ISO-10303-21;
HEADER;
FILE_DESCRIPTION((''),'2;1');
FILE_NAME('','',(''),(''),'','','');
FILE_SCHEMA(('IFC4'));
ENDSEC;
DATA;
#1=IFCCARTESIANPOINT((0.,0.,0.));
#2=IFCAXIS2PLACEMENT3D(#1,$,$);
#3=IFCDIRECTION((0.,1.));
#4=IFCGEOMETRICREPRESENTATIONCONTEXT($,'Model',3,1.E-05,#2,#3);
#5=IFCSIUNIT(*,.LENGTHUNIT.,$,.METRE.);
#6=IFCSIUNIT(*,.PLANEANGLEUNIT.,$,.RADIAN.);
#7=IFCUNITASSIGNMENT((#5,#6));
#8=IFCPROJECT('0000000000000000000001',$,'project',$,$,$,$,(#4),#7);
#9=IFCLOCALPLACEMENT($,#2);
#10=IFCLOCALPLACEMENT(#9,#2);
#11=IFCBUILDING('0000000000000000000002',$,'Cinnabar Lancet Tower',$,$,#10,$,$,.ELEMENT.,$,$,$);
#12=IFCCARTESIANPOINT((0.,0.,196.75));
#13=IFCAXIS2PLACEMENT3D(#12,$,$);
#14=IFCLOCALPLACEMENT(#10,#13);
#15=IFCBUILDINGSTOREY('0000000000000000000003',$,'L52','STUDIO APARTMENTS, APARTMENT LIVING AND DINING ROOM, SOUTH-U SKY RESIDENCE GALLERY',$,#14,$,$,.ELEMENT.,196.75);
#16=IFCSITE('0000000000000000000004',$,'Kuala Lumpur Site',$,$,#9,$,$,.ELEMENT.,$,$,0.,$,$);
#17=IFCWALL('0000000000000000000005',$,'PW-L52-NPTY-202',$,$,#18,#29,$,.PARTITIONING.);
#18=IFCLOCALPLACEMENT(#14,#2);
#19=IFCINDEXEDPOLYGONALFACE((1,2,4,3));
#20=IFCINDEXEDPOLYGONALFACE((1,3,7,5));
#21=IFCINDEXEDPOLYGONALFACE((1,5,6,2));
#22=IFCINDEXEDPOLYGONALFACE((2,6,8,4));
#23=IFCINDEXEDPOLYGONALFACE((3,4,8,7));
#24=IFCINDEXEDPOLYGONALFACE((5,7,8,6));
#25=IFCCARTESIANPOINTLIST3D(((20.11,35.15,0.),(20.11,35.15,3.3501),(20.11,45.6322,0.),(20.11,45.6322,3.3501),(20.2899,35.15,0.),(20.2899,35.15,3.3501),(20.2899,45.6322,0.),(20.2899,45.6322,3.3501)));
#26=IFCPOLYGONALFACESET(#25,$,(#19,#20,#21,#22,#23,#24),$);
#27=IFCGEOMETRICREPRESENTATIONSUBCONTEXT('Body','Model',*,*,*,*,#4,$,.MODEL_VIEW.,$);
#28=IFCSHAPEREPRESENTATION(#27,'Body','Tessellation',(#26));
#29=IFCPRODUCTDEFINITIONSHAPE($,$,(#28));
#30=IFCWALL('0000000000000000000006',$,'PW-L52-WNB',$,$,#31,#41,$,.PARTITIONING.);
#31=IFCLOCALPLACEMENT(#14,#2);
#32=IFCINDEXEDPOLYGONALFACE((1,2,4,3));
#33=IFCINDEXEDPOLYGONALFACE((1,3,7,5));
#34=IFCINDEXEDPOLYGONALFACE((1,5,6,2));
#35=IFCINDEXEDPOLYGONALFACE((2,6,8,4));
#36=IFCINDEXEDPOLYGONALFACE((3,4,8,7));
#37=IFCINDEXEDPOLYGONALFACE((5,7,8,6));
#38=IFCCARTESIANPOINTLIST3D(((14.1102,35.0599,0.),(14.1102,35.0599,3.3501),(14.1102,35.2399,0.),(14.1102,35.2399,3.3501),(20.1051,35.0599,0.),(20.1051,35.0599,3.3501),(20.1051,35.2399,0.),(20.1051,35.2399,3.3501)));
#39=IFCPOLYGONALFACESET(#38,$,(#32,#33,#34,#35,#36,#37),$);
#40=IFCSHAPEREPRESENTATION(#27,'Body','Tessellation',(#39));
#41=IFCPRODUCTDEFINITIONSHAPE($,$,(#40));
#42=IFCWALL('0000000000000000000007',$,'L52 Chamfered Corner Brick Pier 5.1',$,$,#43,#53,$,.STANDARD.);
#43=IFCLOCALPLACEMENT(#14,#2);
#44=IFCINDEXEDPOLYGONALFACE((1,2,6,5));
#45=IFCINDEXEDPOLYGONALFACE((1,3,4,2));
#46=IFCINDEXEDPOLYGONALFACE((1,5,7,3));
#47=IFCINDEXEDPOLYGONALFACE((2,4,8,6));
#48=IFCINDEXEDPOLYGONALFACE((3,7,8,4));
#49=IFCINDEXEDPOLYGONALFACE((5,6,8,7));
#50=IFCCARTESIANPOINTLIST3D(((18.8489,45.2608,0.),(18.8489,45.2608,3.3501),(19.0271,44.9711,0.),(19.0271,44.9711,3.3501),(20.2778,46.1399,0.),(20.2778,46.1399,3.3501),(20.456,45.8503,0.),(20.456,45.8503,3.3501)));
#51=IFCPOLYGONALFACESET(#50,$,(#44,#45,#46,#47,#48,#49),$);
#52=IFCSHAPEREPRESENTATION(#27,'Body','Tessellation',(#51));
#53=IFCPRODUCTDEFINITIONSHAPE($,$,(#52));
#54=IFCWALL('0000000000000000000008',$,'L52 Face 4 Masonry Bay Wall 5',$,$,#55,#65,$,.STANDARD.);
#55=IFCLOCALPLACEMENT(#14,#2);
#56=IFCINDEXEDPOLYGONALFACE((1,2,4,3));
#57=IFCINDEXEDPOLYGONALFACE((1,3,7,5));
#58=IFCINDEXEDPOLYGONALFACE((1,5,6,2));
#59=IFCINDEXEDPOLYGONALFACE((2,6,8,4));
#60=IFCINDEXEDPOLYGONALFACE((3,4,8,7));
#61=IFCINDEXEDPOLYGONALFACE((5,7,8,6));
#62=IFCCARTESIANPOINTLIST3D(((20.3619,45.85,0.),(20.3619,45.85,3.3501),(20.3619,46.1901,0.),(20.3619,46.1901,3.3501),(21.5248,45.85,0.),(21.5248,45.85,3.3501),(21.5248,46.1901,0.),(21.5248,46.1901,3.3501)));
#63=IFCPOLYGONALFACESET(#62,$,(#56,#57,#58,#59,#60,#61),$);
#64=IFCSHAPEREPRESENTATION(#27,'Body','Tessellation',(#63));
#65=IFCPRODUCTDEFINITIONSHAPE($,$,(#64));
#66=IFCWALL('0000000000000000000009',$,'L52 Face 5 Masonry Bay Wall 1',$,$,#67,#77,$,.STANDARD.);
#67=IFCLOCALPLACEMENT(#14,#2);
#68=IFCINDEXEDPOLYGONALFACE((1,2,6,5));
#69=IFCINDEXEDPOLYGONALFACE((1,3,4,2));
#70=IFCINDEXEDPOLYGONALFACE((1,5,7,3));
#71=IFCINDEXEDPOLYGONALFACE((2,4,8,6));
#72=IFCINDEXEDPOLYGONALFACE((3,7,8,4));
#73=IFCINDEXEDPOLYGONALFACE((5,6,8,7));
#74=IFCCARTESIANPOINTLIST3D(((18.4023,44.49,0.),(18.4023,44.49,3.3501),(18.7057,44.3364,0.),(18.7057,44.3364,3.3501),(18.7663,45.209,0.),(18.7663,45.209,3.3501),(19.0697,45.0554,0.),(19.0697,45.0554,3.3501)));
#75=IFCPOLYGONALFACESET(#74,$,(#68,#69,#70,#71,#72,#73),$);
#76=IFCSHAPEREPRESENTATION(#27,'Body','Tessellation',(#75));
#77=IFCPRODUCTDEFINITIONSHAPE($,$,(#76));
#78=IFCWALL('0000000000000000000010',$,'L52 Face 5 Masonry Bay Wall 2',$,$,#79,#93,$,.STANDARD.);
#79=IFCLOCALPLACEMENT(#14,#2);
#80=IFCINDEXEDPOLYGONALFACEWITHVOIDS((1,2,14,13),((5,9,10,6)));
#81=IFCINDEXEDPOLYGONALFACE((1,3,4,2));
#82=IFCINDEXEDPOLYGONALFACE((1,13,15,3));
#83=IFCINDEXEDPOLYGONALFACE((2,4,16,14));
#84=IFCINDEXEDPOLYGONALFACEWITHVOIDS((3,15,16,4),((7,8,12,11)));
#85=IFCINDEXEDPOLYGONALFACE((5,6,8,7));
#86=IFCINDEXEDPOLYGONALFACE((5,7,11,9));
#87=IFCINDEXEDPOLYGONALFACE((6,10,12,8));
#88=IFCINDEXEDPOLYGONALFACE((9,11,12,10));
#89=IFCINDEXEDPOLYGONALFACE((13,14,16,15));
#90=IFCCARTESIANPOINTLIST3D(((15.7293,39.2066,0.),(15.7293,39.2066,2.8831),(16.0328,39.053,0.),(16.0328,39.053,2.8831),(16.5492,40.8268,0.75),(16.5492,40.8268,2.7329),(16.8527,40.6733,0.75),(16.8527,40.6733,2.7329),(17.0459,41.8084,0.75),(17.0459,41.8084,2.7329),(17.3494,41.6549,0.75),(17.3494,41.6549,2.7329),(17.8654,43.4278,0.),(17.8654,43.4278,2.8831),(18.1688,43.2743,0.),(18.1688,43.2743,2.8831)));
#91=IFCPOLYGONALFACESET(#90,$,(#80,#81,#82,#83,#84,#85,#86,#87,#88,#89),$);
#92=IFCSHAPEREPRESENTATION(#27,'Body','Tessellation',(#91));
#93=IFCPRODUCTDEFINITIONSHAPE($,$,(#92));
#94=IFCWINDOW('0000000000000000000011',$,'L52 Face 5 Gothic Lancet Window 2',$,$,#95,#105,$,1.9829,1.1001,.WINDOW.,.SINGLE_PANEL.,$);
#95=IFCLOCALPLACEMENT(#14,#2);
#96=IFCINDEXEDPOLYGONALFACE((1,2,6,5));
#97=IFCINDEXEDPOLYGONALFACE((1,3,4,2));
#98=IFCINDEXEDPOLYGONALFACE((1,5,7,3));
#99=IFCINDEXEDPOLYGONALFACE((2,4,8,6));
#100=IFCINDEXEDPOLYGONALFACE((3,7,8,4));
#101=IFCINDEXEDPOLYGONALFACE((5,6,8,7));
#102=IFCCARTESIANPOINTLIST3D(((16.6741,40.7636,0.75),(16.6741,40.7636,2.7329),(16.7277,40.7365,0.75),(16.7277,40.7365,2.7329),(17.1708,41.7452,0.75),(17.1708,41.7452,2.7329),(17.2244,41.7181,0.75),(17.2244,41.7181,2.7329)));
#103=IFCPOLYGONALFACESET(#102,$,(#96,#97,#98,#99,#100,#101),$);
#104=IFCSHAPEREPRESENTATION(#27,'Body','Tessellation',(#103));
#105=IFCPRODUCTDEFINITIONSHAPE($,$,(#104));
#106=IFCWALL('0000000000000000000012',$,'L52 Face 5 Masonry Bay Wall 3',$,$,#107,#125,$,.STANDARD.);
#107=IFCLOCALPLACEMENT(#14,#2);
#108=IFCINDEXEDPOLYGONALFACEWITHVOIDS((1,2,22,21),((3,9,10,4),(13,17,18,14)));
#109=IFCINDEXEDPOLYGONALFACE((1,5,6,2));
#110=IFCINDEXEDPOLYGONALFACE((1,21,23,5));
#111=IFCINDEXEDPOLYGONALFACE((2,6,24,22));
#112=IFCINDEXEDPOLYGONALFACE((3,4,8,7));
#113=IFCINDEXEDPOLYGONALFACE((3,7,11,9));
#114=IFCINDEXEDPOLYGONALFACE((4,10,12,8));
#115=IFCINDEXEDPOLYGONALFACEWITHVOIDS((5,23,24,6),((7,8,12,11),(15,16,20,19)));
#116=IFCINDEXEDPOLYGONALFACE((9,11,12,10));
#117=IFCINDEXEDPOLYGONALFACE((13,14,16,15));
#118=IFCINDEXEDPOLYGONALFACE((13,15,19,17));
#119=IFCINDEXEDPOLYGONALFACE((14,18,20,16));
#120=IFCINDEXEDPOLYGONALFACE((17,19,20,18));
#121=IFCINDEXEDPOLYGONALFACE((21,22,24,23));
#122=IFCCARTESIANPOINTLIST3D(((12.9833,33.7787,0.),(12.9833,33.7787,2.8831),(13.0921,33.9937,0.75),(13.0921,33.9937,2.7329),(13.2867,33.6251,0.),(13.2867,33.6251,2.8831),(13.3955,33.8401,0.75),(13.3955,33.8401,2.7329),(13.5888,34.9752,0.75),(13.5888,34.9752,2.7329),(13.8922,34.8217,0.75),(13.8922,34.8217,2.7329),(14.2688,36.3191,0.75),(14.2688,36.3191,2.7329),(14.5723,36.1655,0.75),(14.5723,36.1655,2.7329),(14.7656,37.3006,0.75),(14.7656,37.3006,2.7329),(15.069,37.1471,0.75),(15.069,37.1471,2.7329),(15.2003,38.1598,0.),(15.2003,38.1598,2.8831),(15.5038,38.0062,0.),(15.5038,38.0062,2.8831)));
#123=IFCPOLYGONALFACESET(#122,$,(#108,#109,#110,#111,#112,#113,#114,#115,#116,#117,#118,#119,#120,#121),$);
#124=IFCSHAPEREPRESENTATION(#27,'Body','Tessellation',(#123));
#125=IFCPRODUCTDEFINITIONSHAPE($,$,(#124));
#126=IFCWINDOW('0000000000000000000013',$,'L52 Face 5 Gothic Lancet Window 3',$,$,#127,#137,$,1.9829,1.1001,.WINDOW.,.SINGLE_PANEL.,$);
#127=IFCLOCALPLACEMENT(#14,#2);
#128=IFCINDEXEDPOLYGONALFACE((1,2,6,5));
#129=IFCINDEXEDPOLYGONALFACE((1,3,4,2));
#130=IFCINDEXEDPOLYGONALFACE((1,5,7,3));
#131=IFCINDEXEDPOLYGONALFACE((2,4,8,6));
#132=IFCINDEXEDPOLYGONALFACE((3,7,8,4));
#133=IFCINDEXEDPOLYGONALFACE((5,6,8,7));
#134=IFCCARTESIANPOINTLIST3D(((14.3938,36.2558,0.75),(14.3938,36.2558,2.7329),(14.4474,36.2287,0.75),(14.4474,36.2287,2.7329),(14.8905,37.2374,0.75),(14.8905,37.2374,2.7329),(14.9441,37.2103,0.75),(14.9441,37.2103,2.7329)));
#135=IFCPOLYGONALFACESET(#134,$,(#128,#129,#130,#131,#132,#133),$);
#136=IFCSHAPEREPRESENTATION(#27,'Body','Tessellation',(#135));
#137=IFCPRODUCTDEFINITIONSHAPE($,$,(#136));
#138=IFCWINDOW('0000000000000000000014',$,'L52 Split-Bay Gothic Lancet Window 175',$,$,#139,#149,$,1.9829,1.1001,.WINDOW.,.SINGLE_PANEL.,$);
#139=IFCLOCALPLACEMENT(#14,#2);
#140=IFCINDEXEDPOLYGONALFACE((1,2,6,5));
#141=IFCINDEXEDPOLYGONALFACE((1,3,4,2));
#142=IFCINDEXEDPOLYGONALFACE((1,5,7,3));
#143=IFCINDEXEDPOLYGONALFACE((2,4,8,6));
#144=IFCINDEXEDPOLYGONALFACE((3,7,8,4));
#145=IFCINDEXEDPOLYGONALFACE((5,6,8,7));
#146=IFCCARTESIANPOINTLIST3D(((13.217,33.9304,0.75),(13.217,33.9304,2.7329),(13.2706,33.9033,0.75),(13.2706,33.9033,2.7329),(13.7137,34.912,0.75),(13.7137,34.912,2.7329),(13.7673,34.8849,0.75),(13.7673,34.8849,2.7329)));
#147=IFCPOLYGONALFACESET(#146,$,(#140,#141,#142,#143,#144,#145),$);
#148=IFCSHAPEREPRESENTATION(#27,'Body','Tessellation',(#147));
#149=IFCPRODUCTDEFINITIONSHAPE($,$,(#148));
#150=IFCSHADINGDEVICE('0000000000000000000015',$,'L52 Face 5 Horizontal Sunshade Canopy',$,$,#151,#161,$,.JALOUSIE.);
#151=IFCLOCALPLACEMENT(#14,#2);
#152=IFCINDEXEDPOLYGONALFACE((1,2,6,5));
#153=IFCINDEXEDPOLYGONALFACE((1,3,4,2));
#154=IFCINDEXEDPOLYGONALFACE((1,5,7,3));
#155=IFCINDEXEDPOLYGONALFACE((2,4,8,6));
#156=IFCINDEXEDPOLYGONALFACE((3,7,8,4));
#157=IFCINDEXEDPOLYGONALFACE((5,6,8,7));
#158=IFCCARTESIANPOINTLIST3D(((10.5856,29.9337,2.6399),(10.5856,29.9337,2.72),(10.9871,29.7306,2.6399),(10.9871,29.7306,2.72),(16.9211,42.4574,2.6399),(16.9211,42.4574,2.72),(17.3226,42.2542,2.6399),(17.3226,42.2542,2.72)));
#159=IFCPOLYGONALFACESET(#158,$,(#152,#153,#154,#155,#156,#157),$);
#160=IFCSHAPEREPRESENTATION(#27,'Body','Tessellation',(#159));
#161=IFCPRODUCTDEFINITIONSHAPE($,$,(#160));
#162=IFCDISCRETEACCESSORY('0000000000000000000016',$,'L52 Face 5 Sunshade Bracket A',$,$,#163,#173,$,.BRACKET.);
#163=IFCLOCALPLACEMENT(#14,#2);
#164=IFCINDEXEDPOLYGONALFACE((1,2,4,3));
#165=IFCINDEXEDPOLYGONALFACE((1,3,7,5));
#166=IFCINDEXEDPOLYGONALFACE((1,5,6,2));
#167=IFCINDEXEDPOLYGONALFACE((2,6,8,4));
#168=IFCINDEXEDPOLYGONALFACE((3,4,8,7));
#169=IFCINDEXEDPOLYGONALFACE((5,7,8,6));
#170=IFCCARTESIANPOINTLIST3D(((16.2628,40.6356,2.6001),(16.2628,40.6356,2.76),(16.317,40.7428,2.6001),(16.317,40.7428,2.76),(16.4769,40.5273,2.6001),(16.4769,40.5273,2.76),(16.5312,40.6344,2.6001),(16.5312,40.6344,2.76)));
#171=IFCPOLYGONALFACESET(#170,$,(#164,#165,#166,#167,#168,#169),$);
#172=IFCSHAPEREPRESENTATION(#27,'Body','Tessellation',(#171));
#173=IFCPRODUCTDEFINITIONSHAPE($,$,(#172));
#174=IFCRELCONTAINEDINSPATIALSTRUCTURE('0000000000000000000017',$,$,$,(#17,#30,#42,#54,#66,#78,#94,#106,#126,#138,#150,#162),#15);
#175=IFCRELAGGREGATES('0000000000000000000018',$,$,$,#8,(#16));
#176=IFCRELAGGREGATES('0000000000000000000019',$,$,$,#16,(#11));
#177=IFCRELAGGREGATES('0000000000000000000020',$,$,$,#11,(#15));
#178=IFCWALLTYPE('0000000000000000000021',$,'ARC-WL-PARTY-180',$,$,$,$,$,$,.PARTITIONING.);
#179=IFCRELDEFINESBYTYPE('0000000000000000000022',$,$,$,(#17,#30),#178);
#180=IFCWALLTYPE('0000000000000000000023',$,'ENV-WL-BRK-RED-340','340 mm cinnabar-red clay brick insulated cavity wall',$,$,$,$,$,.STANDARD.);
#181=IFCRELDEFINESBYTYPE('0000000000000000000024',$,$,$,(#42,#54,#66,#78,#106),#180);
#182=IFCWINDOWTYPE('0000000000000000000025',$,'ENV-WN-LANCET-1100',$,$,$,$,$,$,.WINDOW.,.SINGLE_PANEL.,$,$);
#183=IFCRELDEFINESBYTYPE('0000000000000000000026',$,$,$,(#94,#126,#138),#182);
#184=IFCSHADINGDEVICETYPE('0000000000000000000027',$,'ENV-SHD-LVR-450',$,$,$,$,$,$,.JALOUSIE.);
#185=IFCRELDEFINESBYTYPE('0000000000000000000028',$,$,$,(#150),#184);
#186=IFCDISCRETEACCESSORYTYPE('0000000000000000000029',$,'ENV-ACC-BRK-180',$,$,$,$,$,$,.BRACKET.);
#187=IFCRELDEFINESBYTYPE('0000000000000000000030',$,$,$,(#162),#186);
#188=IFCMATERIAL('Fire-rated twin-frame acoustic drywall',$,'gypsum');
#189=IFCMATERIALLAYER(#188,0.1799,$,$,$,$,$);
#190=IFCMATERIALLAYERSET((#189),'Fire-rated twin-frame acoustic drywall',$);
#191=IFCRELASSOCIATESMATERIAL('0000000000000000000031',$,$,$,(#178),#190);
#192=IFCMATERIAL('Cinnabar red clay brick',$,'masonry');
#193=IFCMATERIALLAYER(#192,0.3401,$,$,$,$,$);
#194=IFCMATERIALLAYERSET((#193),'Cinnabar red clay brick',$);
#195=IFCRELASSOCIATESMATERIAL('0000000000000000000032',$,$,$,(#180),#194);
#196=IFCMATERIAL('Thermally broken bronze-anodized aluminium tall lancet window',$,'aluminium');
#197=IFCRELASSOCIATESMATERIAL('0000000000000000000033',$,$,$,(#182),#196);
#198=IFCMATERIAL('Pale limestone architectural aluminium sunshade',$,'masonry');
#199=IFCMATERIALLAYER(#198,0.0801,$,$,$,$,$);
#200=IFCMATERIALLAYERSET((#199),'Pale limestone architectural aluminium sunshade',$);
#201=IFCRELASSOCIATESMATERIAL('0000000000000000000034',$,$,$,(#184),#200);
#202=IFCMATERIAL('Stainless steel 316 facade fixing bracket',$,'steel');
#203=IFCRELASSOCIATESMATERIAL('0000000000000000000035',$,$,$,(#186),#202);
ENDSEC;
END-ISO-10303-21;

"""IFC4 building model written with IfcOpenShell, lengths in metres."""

from ifc_helpers import new_model, si_unit, direction, frame, frame_2d, origin, origin_2d, place, context, subcontext, project, spatial, rectangle, extrude, material, layer, layer_set, type_object, element, fill, save


model = new_model("IFC4")

# Units and contexts
model_context = context("Model", 3, precision=1e-05, world=origin(), true_north=direction((0.0, 1.0)))
body_context = subcontext(model_context, "Body", "Model", "MODEL_VIEW")
ifc_project = project(units=[si_unit("LENGTHUNIT", "METRE"), si_unit("PLANEANGLEUNIT", "RADIAN")], contexts=[model_context])

# Site, building, storey
site_placement = place(None, origin())
site = spatial("IfcSite", under=ifc_project, at=site_placement, Name="Kuala Lumpur Site", CompositionType="ELEMENT", RefElevation=0.0)
building_placement = place(site_placement, origin())
building = spatial("IfcBuilding", under=site, at=building_placement, Name="Cinnabar Lancet Tower", CompositionType="ELEMENT")
storey_placement = place(building_placement, frame((0.0, 0.0, 196.75)))
storey = spatial("IfcBuildingStorey", under=building, at=storey_placement, Name="L52", Description="STUDIO APARTMENTS, APARTMENT LIVING AND DINING ROOM, SOUTH-U SKY RESIDENCE GALLERY", CompositionType="ELEMENT", Elevation=196.75)

# Walls
ifc_material_1 = material(Name="Fire-rated twin-frame acoustic drywall", Category="gypsum")
ifc_layer_1 = layer(ifc_material_1, 0.1799)
ifc_layer_set_1 = layer_set([ifc_layer_1], Name="Fire-rated twin-frame acoustic drywall")
wall_type_1 = type_object("IfcWallType", Name="ARC-WL-PARTY-180", PredefinedType="PARTITIONING", material=ifc_layer_set_1)
wall_1_placement = place(storey_placement, frame((20.2, 35.1499, 0.0), z_axis=(0.0, 0.0, 1.0), x_axis=(0.0, 1.0, 0.0)))
element("IfcWall", 1, at=wall_1_placement, inside=storey, type_object=wall_type_1, Name="PW-L52-NPTY-202", PredefinedType="PARTITIONING", context=body_context, shape_type="SweptSolid", body=[
    extrude(rectangle(XDim=10.4822, YDim=0.1799, at=frame_2d((5.2412, 0.0))), origin(), (0.0, 0.0, 1.0), 3.3501),
])
wall_2_placement = place(storey_placement, frame((14.1101, 35.1499, 0.0), z_axis=(0.0, 0.0, 1.0), x_axis=(1.0, 0.0, 0.0)))
element("IfcWall", 2, at=wall_2_placement, inside=storey, type_object=wall_type_1, Name="PW-L52-WNB", PredefinedType="PARTITIONING", context=body_context, shape_type="SweptSolid", body=[
    extrude(rectangle(XDim=5.9949, YDim=0.1799, at=frame_2d((2.9976, 0.0))), origin(), (0.0, 0.0, 1.0), 3.3501),
])
ifc_material_2 = material(Name="Cinnabar red clay brick", Category="masonry")
ifc_layer_2 = layer(ifc_material_2, 0.3401)
ifc_layer_set_2 = layer_set([ifc_layer_2], Name="Cinnabar red clay brick")
wall_type_2 = type_object("IfcWallType", Name="ENV-WL-BRK-RED-340", Description="340 mm cinnabar-red clay brick insulated cavity wall", PredefinedType="STANDARD", material=ifc_layer_set_2)
wall_3_placement = place(storey_placement, frame((20.3669, 45.9951, 0.0), z_axis=(0.0, 0.0, 1.0), x_axis=(-0.851713, -0.524008, 0.0)))
element("IfcWall", 3, at=wall_3_placement, inside=storey, type_object=wall_type_2, Name="L52 Chamfered Corner Brick Pier 5.1", PredefinedType="STANDARD", context=body_context, shape_type="SweptSolid", body=[
    extrude(rectangle(XDim=1.6777, YDim=0.3401, at=frame_2d((0.8389, 0.0))), origin(), (0.0, 0.0, 1.0), 3.3501),
])
wall_4_placement = place(storey_placement, frame((21.5249, 46.02, 0.0), z_axis=(0.0, 0.0, 1.0), x_axis=(-1.0, 0.0, 0.0)))
element("IfcWall", 4, at=wall_4_placement, inside=storey, type_object=wall_type_2, Name="L52 Face 4 Masonry Bay Wall 5", PredefinedType="STANDARD", context=body_context, shape_type="SweptSolid", body=[
    extrude(rectangle(XDim=1.1628, YDim=0.3401, at=frame_2d((0.5815, 0.0))), origin(), (0.0, 0.0, 1.0), 3.3501),
])
wall_5_placement = place(storey_placement, frame((18.918, 45.1321, 0.0), z_axis=(0.0, 0.0, 1.0), x_axis=(-0.451692, -0.892174, 0.0)))
element("IfcWall", 5, at=wall_5_placement, inside=storey, type_object=wall_type_2, Name="L52 Face 5 Masonry Bay Wall 1", PredefinedType="STANDARD", context=body_context, shape_type="SweptSolid", body=[
    extrude(rectangle(XDim=0.8059, YDim=0.3401, at=frame_2d((0.4028, 0.0))), origin(), (0.0, 0.0, 1.0), 3.3501),
])

# Wall, opening, window
wall_6_placement = place(storey_placement, frame((18.0171, 43.3511, 0.0), z_axis=(0.0, 0.0, 1.0), x_axis=(-0.451502, -0.89227, 0.0)))
wall_6 = element("IfcWall", 6, at=wall_6_placement, inside=storey, type_object=wall_type_2, Name="L52 Face 5 Masonry Bay Wall 2", PredefinedType="STANDARD", context=body_context, shape_type="SweptSolid", body=[
    extrude(rectangle(XDim=4.731, YDim=0.3401, at=frame_2d((2.3655, 0.0))), origin(), (0.0, 0.0, 1.0), 2.8831),
])
opening_1_placement = place(wall_6_placement, frame((1.8149, 0.0, 0.75)))
opening_1 = element("IfcOpeningElement", 7, at=opening_1_placement, cuts=wall_6, PredefinedType="OPENING", context=body_context, shape_type="SweptSolid", body=[
    extrude(rectangle(XDim=1.1001, YDim=1.9829, at=frame_2d((0.55, 0.9915))), frame((0.0, 0.1799, 0.0), z_axis=(0.0, -1.0, 0.0), x_axis=(1.0, 0.0, 0.0)), (0.0, 0.0, 1.0), 0.3601),
])
ifc_material_3 = material(Name="Thermally broken bronze-anodized aluminium tall lancet window", Category="aluminium")
window_type = type_object("IfcWindowType", Name="ENV-WN-LANCET-1100", PartitioningType="SINGLE_PANEL", PredefinedType="WINDOW", material=ifc_material_3)
window_1_placement = place(opening_1_placement, origin())
window_1 = element("IfcWindow", 8, at=window_1_placement, inside=storey, type_object=window_type, Name="L52 Face 5 Gothic Lancet Window 2", OverallHeight=1.9829, OverallWidth=1.1001, PartitioningType="SINGLE_PANEL", PredefinedType="WINDOW", context=body_context, shape_type="SweptSolid", body=[
    extrude(rectangle(XDim=1.1001, YDim=1.9829, at=frame_2d((0.55, 0.9915))), frame((0.0, 0.03, 0.0), z_axis=(0.0, -1.0, 0.0), x_axis=(1.0, 0.0, 0.0)), (0.0, 0.0, 1.0), 0.0601),
])
fill(opening_1, window_1)

# Wall, openings, windows
wall_7_placement = place(storey_placement, frame((15.3521, 38.083, 0.0), z_axis=(0.0, 0.0, 1.0), x_axis=(-0.451524, -0.892259, 0.0)))
wall_7 = element("IfcWall", 9, at=wall_7_placement, inside=storey, type_object=wall_type_2, Name="L52 Face 5 Masonry Bay Wall 3", PredefinedType="STANDARD", context=body_context, shape_type="SweptSolid", body=[
    extrude(rectangle(XDim=4.9102, YDim=0.3401, at=frame_2d((2.4551, 0.0))), origin(), (0.0, 0.0, 1.0), 2.8831),
])
opening_2_placement = place(wall_7_placement, frame((0.9629, 0.0, 0.75)))
opening_2 = element("IfcOpeningElement", 10, at=opening_2_placement, cuts=wall_7, PredefinedType="OPENING", context=body_context, shape_type="SweptSolid", body=[
    extrude(rectangle(XDim=1.1001, YDim=1.9829, at=frame_2d((0.55, 0.9915))), frame((0.0, 0.1799, 0.0), z_axis=(0.0, -1.0, 0.0), x_axis=(1.0, 0.0, 0.0)), (0.0, 0.0, 1.0), 0.3601),
])
opening_3_placement = place(wall_7_placement, frame((3.5691, 0.0, 0.75)))
opening_3 = element("IfcOpeningElement", 11, at=opening_3_placement, cuts=wall_7, PredefinedType="OPENING", context=body_context, shape_type="SweptSolid", body=[
    extrude(rectangle(XDim=1.1001, YDim=1.9829, at=frame_2d((0.55, 0.9915))), frame((0.0, 0.1799, 0.0), z_axis=(0.0, -1.0, 0.0), x_axis=(1.0, 0.0, 0.0)), (0.0, 0.0, 1.0), 0.3601),
])
window_2_placement = place(opening_2_placement, origin())
window_2 = element("IfcWindow", 12, at=window_2_placement, inside=storey, type_object=window_type, Name="L52 Face 5 Gothic Lancet Window 3", OverallHeight=1.9829, OverallWidth=1.1001, PartitioningType="SINGLE_PANEL", PredefinedType="WINDOW", context=body_context, shape_type="SweptSolid", body=[
    extrude(rectangle(XDim=1.1001, YDim=1.9829, at=frame_2d((0.55, 0.9915))), frame((0.0, 0.03, 0.0), z_axis=(0.0, -1.0, 0.0), x_axis=(1.0, 0.0, 0.0)), (0.0, 0.0, 1.0), 0.0601),
])
fill(opening_2, window_2)
window_3_placement = place(opening_3_placement, origin())
window_3 = element("IfcWindow", 13, at=window_3_placement, inside=storey, type_object=window_type, Name="L52 Split-Bay Gothic Lancet Window 175", OverallHeight=1.9829, OverallWidth=1.1001, PartitioningType="SINGLE_PANEL", PredefinedType="WINDOW", context=body_context, shape_type="SweptSolid", body=[
    extrude(rectangle(XDim=1.1001, YDim=1.9829, at=frame_2d((0.55, 0.9915))), frame((0.0, 0.03, 0.0), z_axis=(0.0, -1.0, 0.0), x_axis=(1.0, 0.0, 0.0)), (0.0, 0.0, 1.0), 0.0601),
])
fill(opening_3, window_3)

# Shading device
ifc_material_4 = material(Name="Pale limestone architectural aluminium sunshade", Category="masonry")
ifc_layer_3 = layer(ifc_material_4, 0.0801)
ifc_layer_set_3 = layer_set([ifc_layer_3], Name="Pale limestone architectural aluminium sunshade")
shading_device_type = type_object("IfcShadingDeviceType", Name="ENV-SHD-LVR-450", PredefinedType="JALOUSIE", material=ifc_layer_set_3)
shading_device_placement = place(storey_placement, frame((13.9541, 36.094, 2.6399), z_axis=(0.0, 0.0, 1.0), x_axis=(-0.451407, -0.892318, 0.0)))
element("IfcShadingDevice", 14, at=shading_device_placement, inside=storey, type_object=shading_device_type, Name="L52 Face 5 Horizontal Sunshade Canopy", PredefinedType="JALOUSIE", context=body_context, shape_type="SweptSolid", body=[
    extrude(rectangle(XDim=14.0349, YDim=0.45, at=origin_2d()), origin(), (0.0, 0.0, 1.0), 0.0801),
])

# Discrete accessory
ifc_material_5 = material(Name="Stainless steel 316 facade fixing bracket", Category="steel")
discrete_accessory_type = type_object("IfcDiscreteAccessoryType", Name="ENV-ACC-BRK-180", PredefinedType="BRACKET", material=ifc_material_5)
discrete_accessory_placement = place(storey_placement, frame((16.397, 40.635, 2.6001), z_axis=(0.0, 0.0, 1.0), x_axis=(-0.451407, -0.892318, 0.0)))
element("IfcDiscreteAccessory", 15, at=discrete_accessory_placement, inside=storey, type_object=discrete_accessory_type, Name="L52 Face 5 Sunshade Bracket A", PredefinedType="BRACKET", context=body_context, shape_type="SweptSolid", body=[
    extrude(rectangle(XDim=0.1201, YDim=0.24, at=origin_2d()), origin(), (0.0, 0.0, 1.0), 0.1599),
])

save(model, "model.ifc")
